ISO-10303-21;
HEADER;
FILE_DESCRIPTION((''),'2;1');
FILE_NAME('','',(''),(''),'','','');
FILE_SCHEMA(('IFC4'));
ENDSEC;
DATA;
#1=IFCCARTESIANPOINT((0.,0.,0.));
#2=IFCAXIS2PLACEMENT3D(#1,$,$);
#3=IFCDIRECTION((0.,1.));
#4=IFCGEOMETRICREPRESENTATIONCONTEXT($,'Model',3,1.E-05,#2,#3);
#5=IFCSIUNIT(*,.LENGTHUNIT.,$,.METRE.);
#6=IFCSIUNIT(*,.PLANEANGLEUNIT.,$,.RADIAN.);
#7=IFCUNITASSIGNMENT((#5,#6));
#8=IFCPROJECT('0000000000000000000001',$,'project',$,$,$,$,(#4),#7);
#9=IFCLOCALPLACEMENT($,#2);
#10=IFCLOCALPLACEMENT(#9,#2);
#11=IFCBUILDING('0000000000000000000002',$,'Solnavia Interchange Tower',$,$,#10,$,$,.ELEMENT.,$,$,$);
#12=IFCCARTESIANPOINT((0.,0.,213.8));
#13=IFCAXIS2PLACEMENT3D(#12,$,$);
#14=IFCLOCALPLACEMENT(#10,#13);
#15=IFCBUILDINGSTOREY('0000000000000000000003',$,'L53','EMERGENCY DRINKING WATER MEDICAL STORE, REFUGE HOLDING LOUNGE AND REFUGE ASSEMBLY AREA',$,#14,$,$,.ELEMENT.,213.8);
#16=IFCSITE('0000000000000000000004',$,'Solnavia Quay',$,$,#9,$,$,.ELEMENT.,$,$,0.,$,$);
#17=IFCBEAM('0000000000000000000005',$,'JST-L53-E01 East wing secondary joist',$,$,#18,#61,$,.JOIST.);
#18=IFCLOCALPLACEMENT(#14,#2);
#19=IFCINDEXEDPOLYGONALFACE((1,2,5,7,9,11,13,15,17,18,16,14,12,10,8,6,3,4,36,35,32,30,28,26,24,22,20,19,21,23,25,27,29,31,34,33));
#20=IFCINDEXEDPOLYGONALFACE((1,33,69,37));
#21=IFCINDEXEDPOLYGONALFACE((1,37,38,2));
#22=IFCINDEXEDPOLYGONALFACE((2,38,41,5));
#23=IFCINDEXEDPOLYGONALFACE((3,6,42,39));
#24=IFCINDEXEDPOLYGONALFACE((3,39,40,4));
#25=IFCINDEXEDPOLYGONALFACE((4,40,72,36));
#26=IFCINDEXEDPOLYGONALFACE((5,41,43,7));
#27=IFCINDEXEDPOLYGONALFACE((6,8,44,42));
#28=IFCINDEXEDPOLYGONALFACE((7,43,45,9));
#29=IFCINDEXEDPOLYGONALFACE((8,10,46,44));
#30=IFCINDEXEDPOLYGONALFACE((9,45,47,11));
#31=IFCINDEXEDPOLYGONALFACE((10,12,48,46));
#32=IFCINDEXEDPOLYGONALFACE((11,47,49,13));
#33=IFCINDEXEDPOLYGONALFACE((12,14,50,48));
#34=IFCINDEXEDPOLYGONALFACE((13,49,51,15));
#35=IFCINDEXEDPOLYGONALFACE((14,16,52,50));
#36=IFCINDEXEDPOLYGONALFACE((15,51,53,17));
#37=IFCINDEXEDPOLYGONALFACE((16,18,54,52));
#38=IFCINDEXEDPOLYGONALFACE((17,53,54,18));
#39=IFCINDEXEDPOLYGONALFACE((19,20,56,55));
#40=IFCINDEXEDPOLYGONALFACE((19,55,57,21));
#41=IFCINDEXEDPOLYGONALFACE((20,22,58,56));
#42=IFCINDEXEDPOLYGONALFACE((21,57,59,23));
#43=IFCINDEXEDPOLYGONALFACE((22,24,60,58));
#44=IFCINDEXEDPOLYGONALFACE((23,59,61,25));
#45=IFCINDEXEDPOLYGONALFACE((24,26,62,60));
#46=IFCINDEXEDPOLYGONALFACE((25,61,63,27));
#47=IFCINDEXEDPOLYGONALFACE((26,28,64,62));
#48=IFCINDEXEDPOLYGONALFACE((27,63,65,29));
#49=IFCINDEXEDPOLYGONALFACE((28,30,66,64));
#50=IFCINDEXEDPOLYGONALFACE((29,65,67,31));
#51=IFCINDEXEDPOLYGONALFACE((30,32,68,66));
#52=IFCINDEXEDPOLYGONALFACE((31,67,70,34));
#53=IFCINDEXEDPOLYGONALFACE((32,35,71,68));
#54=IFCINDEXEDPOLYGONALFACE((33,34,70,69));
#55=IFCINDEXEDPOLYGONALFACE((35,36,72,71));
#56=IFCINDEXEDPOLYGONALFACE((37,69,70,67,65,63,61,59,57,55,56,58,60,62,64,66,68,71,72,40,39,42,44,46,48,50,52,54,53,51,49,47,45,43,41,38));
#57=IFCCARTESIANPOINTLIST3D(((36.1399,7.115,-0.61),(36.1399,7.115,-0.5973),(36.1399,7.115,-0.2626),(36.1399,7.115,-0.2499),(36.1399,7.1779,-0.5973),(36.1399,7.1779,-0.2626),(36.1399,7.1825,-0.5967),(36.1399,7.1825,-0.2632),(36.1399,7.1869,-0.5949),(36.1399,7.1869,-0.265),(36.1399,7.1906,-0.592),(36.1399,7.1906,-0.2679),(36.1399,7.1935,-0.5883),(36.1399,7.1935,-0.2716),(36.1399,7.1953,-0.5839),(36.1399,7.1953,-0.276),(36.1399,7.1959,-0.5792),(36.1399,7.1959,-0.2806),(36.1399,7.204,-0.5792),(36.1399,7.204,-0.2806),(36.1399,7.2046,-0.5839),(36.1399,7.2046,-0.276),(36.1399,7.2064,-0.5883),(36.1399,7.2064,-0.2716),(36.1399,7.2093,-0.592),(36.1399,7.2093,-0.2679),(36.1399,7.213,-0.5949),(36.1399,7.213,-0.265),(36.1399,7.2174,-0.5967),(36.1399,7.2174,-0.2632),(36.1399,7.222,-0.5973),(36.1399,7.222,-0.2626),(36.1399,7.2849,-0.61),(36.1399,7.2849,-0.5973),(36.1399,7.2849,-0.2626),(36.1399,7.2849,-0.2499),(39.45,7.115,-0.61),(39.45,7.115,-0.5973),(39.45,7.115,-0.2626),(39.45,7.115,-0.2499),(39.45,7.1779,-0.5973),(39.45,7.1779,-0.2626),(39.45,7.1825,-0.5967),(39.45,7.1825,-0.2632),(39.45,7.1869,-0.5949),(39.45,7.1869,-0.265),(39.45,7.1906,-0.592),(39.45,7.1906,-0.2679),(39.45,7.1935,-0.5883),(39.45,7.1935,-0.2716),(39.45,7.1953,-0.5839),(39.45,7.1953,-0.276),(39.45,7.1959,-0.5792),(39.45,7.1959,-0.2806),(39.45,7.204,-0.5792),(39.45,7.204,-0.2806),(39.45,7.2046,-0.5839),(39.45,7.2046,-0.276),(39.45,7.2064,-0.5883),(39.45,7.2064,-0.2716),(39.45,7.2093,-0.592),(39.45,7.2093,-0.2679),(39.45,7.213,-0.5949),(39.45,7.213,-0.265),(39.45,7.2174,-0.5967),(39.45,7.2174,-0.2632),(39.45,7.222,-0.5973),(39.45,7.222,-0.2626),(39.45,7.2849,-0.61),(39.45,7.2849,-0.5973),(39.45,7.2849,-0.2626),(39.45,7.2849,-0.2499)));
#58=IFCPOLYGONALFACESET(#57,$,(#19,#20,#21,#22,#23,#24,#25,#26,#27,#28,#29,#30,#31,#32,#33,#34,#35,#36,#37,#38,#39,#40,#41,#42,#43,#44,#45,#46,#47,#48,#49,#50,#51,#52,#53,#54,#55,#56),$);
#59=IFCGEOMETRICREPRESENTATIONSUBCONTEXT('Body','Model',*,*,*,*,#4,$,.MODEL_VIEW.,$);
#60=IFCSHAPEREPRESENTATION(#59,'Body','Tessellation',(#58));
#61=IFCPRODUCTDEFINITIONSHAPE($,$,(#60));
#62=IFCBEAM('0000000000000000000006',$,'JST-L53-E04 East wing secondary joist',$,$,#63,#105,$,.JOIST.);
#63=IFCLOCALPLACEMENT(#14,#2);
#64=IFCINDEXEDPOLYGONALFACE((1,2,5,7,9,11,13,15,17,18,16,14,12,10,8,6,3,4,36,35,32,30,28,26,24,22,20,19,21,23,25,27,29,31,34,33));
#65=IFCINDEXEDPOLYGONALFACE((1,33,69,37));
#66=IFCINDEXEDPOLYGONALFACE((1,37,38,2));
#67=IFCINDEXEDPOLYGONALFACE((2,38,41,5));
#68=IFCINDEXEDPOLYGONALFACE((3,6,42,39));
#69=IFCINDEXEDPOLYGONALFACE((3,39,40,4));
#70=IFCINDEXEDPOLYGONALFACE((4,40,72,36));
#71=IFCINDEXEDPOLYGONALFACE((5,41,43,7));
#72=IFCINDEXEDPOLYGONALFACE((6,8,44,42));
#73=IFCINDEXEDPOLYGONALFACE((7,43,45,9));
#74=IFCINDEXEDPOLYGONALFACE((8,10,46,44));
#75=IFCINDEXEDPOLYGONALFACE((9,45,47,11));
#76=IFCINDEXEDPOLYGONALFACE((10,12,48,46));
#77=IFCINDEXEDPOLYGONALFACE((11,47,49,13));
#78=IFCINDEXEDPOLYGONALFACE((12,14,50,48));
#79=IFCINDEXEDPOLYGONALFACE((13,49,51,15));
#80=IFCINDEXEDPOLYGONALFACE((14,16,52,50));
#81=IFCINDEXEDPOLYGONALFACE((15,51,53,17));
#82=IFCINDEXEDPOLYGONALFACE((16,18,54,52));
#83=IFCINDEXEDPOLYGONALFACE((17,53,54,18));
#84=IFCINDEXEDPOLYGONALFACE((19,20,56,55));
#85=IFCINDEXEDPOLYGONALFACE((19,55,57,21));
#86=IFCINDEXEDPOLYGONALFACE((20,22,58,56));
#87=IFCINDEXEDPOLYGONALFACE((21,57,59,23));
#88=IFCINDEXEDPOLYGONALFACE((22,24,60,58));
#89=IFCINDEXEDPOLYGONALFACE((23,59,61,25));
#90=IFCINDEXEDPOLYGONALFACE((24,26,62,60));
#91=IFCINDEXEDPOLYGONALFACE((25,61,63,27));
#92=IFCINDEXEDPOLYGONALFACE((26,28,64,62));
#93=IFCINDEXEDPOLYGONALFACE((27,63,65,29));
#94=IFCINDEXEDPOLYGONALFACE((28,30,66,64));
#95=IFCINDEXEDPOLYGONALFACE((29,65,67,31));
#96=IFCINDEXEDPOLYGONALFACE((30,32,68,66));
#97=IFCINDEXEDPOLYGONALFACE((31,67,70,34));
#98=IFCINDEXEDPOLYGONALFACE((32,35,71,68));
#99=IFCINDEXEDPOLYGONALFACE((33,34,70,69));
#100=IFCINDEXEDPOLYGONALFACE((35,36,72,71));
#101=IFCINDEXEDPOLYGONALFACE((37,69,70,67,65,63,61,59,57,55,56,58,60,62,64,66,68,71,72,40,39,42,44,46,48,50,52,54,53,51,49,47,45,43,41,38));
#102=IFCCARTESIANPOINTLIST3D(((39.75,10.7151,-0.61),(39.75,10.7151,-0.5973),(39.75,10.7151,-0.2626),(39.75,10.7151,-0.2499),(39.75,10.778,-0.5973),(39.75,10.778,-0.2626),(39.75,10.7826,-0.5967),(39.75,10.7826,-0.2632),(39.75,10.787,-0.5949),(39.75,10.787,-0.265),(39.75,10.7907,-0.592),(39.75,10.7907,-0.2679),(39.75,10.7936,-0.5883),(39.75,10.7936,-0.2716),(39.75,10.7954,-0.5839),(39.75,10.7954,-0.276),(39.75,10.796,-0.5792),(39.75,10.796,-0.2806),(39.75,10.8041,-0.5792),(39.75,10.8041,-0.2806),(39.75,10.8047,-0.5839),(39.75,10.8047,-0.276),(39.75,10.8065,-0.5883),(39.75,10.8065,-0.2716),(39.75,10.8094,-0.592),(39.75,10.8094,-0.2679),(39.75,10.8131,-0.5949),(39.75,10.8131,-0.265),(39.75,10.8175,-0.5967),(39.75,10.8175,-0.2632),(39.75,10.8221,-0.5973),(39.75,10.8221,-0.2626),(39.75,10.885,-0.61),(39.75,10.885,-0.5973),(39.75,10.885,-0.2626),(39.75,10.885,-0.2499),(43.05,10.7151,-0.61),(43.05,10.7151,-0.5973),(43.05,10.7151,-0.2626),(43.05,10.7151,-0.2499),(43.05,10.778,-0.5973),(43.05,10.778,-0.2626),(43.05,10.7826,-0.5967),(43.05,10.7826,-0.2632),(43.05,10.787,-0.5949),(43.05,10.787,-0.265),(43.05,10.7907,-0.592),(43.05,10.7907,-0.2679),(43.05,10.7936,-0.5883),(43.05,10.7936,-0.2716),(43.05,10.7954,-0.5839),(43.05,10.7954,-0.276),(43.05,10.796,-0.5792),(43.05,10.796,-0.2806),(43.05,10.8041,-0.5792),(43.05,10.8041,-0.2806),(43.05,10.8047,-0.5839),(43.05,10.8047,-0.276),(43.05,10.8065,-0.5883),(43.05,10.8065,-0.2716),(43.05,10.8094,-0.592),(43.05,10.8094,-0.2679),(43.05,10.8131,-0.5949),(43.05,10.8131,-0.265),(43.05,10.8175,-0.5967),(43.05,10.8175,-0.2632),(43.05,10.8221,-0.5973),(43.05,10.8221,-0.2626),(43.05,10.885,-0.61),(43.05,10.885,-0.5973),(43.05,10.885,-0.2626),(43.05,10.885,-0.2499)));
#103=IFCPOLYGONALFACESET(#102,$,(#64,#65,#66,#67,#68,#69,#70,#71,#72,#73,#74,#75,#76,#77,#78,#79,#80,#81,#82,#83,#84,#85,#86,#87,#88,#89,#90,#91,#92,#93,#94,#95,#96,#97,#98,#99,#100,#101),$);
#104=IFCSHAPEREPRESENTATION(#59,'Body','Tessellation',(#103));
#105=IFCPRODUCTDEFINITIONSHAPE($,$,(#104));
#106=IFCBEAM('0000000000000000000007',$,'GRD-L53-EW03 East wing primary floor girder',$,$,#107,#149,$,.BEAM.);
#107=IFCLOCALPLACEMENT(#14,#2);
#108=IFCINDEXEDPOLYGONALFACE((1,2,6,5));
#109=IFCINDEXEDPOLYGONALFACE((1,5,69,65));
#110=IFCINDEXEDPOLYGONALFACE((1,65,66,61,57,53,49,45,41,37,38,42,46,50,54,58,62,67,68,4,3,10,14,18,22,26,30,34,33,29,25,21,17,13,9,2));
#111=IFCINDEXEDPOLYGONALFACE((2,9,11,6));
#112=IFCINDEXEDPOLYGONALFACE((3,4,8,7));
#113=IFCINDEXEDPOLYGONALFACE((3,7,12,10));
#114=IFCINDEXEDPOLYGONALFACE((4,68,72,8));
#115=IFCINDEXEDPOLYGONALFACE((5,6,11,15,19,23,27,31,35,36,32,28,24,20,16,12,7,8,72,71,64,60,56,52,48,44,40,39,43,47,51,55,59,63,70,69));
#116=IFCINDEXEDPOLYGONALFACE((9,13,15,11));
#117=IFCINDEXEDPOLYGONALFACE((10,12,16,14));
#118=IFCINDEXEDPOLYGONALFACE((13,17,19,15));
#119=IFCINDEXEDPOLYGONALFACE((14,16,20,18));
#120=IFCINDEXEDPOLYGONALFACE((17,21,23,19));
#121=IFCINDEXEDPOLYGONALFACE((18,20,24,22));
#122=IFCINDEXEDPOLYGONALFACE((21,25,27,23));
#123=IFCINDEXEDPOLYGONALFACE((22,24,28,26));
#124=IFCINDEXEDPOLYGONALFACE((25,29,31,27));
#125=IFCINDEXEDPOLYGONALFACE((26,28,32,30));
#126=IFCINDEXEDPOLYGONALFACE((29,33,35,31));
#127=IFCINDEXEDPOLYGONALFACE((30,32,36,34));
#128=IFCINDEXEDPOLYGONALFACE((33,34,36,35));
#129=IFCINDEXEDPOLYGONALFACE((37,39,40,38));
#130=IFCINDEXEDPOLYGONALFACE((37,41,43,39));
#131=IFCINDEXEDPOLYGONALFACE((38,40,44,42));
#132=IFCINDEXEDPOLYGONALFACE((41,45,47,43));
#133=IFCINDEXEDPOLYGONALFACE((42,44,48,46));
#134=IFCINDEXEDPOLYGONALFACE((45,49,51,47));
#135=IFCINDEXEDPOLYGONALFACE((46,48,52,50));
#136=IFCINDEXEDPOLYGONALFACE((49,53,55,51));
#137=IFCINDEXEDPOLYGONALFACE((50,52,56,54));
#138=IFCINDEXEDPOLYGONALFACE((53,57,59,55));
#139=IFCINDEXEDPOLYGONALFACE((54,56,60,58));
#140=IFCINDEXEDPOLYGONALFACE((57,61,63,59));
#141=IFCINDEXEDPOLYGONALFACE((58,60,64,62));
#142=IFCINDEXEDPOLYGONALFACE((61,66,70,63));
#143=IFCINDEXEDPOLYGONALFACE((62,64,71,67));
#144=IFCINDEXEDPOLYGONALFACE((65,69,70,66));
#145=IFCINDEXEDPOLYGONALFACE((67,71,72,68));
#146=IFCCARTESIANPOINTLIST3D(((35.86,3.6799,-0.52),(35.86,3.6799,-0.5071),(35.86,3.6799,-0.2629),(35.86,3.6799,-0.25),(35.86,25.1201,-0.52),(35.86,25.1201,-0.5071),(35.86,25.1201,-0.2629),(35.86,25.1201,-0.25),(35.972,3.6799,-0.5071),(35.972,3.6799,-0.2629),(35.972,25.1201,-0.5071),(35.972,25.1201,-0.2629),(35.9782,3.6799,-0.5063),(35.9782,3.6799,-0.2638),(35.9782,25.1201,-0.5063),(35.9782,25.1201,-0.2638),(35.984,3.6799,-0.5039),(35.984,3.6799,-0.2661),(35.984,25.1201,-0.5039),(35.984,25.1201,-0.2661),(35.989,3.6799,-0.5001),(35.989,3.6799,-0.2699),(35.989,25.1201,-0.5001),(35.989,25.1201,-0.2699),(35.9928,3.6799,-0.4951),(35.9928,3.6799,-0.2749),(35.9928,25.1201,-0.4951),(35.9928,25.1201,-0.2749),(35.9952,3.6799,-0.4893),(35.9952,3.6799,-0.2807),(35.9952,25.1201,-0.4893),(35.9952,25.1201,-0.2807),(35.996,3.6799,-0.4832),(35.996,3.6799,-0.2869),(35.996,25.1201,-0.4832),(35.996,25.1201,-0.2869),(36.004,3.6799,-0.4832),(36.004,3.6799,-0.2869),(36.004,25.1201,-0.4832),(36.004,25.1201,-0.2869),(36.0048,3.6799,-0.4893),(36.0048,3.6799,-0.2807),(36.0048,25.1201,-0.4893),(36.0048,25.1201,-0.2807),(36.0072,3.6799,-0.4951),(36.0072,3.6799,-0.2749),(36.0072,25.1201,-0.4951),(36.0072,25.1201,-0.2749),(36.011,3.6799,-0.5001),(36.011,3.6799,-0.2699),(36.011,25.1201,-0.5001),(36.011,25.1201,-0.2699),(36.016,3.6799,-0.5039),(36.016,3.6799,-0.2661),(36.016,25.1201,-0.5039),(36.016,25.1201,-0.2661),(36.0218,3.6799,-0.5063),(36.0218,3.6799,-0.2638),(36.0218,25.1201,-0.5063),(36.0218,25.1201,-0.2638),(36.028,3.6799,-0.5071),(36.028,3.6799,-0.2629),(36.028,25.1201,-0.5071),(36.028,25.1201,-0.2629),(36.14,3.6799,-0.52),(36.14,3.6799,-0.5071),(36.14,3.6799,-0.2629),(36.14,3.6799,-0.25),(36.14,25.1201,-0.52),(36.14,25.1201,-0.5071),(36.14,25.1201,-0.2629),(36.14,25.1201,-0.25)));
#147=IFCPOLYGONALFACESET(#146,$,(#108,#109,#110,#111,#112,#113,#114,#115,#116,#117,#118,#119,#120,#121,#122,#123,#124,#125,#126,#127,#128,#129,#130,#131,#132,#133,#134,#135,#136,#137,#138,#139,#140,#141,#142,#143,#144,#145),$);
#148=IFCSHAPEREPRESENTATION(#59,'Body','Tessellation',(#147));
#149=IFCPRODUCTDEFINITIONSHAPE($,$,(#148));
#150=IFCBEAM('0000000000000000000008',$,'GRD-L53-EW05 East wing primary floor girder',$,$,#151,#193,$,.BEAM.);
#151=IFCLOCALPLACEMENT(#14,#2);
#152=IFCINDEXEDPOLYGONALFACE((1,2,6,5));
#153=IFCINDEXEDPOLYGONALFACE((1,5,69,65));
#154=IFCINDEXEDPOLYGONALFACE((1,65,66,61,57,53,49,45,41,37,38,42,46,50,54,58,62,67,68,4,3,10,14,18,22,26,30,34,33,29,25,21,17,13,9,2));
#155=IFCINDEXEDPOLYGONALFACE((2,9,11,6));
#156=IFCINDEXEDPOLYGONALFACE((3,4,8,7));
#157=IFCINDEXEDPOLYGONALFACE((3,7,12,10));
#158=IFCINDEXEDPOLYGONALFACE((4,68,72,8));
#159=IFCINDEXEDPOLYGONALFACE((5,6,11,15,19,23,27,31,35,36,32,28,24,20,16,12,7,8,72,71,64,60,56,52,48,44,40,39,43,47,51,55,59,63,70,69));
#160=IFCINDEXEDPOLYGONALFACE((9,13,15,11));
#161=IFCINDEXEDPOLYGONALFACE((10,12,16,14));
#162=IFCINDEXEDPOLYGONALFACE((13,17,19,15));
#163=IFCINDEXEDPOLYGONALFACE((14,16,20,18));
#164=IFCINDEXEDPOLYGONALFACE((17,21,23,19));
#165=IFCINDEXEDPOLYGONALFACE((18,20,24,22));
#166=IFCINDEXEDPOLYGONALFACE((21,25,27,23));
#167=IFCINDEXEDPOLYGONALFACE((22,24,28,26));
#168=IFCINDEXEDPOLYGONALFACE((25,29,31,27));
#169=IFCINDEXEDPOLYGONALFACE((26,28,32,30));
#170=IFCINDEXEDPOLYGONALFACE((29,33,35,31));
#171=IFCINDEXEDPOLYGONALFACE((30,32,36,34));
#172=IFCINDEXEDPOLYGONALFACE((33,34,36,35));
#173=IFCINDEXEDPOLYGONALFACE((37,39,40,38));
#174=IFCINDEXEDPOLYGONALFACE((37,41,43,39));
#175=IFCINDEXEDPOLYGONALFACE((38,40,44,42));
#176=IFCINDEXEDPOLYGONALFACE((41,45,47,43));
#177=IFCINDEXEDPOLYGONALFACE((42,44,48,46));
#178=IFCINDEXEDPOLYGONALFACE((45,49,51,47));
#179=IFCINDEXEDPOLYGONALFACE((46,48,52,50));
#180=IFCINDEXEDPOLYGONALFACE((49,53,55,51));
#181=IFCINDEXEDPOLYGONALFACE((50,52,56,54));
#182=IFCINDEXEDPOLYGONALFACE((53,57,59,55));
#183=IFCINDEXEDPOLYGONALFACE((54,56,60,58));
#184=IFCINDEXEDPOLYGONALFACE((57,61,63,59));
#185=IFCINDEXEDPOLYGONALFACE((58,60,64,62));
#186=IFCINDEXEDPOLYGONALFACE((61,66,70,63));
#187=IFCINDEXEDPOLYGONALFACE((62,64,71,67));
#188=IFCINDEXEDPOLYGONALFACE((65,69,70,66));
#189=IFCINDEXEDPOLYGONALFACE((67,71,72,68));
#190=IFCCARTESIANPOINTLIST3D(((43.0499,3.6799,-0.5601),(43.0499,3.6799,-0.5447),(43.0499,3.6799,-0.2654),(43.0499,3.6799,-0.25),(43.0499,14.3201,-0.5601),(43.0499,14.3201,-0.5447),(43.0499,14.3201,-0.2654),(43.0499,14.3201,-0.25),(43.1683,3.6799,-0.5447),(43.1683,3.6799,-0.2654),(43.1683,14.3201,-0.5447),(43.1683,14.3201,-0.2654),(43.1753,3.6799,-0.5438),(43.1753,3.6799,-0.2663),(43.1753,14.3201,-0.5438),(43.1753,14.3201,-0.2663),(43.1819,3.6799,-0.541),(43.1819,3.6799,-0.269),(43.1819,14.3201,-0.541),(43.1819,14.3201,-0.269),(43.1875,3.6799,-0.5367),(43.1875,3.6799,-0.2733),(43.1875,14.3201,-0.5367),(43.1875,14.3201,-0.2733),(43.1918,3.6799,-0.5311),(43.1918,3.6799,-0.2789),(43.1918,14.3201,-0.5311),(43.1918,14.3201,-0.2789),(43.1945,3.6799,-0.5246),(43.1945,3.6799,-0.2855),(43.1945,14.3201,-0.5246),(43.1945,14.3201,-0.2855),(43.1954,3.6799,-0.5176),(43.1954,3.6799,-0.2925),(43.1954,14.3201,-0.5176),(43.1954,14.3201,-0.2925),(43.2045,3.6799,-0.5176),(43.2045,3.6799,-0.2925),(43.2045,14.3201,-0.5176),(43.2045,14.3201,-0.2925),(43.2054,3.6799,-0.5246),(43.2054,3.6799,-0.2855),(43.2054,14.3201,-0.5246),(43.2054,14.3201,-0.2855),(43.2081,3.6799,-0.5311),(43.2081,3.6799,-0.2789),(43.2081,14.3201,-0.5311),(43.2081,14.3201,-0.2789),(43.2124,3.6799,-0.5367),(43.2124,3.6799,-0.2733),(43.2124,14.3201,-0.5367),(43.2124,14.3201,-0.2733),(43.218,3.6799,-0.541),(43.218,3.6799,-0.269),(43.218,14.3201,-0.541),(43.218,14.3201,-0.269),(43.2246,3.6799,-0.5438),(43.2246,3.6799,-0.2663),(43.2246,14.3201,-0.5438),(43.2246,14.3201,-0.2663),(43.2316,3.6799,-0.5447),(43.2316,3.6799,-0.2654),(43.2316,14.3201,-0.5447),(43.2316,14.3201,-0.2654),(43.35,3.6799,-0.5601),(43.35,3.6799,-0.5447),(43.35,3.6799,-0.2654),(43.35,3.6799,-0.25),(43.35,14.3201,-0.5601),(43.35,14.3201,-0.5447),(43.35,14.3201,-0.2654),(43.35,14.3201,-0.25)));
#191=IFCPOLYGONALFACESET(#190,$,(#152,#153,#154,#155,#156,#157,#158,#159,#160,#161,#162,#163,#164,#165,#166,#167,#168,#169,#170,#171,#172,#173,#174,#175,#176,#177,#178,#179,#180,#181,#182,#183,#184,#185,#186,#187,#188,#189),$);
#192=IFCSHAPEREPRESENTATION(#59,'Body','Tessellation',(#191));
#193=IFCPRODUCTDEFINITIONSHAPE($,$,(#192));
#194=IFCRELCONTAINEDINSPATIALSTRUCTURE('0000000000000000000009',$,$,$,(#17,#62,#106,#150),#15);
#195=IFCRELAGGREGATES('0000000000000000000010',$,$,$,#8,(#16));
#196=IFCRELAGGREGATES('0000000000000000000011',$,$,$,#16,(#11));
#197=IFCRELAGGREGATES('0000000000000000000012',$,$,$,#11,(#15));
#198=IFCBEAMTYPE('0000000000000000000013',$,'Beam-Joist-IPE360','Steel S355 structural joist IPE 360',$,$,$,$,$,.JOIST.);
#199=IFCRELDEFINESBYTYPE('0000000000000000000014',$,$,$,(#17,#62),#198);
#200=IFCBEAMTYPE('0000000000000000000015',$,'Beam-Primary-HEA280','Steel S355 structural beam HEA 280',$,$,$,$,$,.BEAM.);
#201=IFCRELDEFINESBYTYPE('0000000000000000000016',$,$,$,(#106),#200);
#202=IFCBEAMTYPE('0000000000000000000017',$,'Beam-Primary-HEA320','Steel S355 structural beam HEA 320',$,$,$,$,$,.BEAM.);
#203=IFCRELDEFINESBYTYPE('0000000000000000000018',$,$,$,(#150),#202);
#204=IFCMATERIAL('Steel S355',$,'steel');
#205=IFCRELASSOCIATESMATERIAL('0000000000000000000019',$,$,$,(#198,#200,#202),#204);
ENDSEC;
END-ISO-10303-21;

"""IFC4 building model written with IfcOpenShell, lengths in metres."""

from ifc_helpers import new_model, si_unit, direction, frame, origin, origin_2d, place, context, subcontext, project, spatial, i_section, extrude, material, material_profile, profile_set, type_object, element, save


model = new_model("IFC4")

# Units and contexts
model_context = context("Model", 3, precision=1e-05, world=origin(), true_north=direction((0.0, 1.0)))
body_context = subcontext(model_context, "Body", "Model", "MODEL_VIEW")
ifc_project = project(units=[si_unit("LENGTHUNIT", "METRE"), si_unit("PLANEANGLEUNIT", "RADIAN")], contexts=[model_context])

# Site, building, storey
site_placement = place(None, origin())
site = spatial("IfcSite", under=ifc_project, at=site_placement, Name="Solnavia Quay", CompositionType="ELEMENT", RefElevation=0.0)
building_placement = place(site_placement, origin())
building = spatial("IfcBuilding", under=site, at=building_placement, Name="Solnavia Interchange Tower", CompositionType="ELEMENT")
storey_placement = place(building_placement, frame((0.0, 0.0, 213.8)))
storey = spatial("IfcBuildingStorey", under=building, at=storey_placement, Name="L53", Description="EMERGENCY DRINKING WATER MEDICAL STORE, REFUGE HOLDING LOUNGE AND REFUGE ASSEMBLY AREA", CompositionType="ELEMENT", Elevation=213.8)

# Beams
ifc_material_1 = material(Name="Steel S355", Category="steel")
ifc_material_profile_1 = material_profile(ifc_material_1, i_section(OverallWidth=0.1699, OverallDepth=0.3601, WebThickness=0.0081, FlangeThickness=0.0127, FilletRadius=0.0181, at=origin_2d()), Name="IPE 360")
ifc_profile_set_1 = profile_set([ifc_material_profile_1], Name="Steel S355")
beam_type_1 = type_object("IfcBeamType", Name="Beam-Joist-IPE360", Description="Steel S355 structural joist IPE 360", PredefinedType="JOIST", material=ifc_profile_set_1)
beam_1_placement = place(storey_placement, frame((36.1399, 7.2, -0.4299), z_axis=(1.0, 0.0, 0.0), x_axis=(0.0, 1.0, 0.0)))
element("IfcBeam", 1, at=beam_1_placement, inside=storey, type_object=beam_type_1, Name="JST-L53-E01 East wing secondary joist", PredefinedType="JOIST", context=body_context, shape_type="SweptSolid", body=[
    extrude(i_section(OverallWidth=0.1699, OverallDepth=0.3601, WebThickness=0.0081, FlangeThickness=0.0127, FilletRadius=0.0181, at=origin_2d()), origin(), (0.0, 0.0, 1.0), 3.3101),
])
beam_2_placement = place(storey_placement, frame((39.75, 10.8, -0.4299), z_axis=(1.0, 0.0, 0.0), x_axis=(0.0, 1.0, 0.0)))
element("IfcBeam", 2, at=beam_2_placement, inside=storey, type_object=beam_type_1, Name="JST-L53-E04 East wing secondary joist", PredefinedType="JOIST", context=body_context, shape_type="SweptSolid", body=[
    extrude(i_section(OverallWidth=0.1699, OverallDepth=0.3601, WebThickness=0.0081, FlangeThickness=0.0127, FilletRadius=0.0181, at=origin_2d()), origin(), (0.0, 0.0, 1.0), 3.3),
])
ifc_material_profile_2 = material_profile(ifc_material_1, i_section(OverallWidth=0.28, OverallDepth=0.27, WebThickness=0.0081, FlangeThickness=0.0129, FilletRadius=0.0239, at=origin_2d()), Name="HEA 280")
ifc_profile_set_2 = profile_set([ifc_material_profile_2], Name="Steel S355")
beam_type_2 = type_object("IfcBeamType", Name="Beam-Primary-HEA280", Description="Steel S355 structural beam HEA 280", PredefinedType="BEAM", material=ifc_profile_set_2)
beam_3_placement = place(storey_placement, frame((36.0, 3.6799, -0.385), z_axis=(0.0, 1.0, 0.0), x_axis=(-1.0, 0.0, 0.0)))
element("IfcBeam", 3, at=beam_3_placement, inside=storey, type_object=beam_type_2, Name="GRD-L53-EW03 East wing primary floor girder", PredefinedType="BEAM", context=body_context, shape_type="SweptSolid", body=[
    extrude(i_section(OverallWidth=0.28, OverallDepth=0.27, WebThickness=0.0081, FlangeThickness=0.0129, FilletRadius=0.0239, at=origin_2d()), origin(), (0.0, 0.0, 1.0), 21.4402),
])
ifc_material_profile_3 = material_profile(ifc_material_1, i_section(OverallWidth=0.3, OverallDepth=0.3101, WebThickness=0.009, FlangeThickness=0.0154, FilletRadius=0.0271, at=origin_2d()), Name="HEA 320")
ifc_profile_set_3 = profile_set([ifc_material_profile_3], Name="Steel S355")
beam_type_3 = type_object("IfcBeamType", Name="Beam-Primary-HEA320", Description="Steel S355 structural beam HEA 320", PredefinedType="BEAM", material=ifc_profile_set_3)
for number, where, z_axis, x_axis, name in (
    (4, (43.2, 3.6799, -0.405), (0.0, 1.0, 0.0), (-1.0, 0.0, 0.0), "GRD-L53-EW05 East wing primary floor girder"),
):
    element("IfcBeam", number, at=place(storey_placement, frame(where, z_axis=z_axis, x_axis=x_axis)), inside=storey, type_object=beam_type_3, Name=name, PredefinedType="BEAM", context=body_context, shape_type="SweptSolid", body=[
        extrude(i_section(OverallWidth=0.3, OverallDepth=0.3101, WebThickness=0.009, FlangeThickness=0.0154, FilletRadius=0.0271, at=origin_2d()), origin(), (0.0, 0.0, 1.0), 10.6401),
    ])

save(model, "model.ifc")
